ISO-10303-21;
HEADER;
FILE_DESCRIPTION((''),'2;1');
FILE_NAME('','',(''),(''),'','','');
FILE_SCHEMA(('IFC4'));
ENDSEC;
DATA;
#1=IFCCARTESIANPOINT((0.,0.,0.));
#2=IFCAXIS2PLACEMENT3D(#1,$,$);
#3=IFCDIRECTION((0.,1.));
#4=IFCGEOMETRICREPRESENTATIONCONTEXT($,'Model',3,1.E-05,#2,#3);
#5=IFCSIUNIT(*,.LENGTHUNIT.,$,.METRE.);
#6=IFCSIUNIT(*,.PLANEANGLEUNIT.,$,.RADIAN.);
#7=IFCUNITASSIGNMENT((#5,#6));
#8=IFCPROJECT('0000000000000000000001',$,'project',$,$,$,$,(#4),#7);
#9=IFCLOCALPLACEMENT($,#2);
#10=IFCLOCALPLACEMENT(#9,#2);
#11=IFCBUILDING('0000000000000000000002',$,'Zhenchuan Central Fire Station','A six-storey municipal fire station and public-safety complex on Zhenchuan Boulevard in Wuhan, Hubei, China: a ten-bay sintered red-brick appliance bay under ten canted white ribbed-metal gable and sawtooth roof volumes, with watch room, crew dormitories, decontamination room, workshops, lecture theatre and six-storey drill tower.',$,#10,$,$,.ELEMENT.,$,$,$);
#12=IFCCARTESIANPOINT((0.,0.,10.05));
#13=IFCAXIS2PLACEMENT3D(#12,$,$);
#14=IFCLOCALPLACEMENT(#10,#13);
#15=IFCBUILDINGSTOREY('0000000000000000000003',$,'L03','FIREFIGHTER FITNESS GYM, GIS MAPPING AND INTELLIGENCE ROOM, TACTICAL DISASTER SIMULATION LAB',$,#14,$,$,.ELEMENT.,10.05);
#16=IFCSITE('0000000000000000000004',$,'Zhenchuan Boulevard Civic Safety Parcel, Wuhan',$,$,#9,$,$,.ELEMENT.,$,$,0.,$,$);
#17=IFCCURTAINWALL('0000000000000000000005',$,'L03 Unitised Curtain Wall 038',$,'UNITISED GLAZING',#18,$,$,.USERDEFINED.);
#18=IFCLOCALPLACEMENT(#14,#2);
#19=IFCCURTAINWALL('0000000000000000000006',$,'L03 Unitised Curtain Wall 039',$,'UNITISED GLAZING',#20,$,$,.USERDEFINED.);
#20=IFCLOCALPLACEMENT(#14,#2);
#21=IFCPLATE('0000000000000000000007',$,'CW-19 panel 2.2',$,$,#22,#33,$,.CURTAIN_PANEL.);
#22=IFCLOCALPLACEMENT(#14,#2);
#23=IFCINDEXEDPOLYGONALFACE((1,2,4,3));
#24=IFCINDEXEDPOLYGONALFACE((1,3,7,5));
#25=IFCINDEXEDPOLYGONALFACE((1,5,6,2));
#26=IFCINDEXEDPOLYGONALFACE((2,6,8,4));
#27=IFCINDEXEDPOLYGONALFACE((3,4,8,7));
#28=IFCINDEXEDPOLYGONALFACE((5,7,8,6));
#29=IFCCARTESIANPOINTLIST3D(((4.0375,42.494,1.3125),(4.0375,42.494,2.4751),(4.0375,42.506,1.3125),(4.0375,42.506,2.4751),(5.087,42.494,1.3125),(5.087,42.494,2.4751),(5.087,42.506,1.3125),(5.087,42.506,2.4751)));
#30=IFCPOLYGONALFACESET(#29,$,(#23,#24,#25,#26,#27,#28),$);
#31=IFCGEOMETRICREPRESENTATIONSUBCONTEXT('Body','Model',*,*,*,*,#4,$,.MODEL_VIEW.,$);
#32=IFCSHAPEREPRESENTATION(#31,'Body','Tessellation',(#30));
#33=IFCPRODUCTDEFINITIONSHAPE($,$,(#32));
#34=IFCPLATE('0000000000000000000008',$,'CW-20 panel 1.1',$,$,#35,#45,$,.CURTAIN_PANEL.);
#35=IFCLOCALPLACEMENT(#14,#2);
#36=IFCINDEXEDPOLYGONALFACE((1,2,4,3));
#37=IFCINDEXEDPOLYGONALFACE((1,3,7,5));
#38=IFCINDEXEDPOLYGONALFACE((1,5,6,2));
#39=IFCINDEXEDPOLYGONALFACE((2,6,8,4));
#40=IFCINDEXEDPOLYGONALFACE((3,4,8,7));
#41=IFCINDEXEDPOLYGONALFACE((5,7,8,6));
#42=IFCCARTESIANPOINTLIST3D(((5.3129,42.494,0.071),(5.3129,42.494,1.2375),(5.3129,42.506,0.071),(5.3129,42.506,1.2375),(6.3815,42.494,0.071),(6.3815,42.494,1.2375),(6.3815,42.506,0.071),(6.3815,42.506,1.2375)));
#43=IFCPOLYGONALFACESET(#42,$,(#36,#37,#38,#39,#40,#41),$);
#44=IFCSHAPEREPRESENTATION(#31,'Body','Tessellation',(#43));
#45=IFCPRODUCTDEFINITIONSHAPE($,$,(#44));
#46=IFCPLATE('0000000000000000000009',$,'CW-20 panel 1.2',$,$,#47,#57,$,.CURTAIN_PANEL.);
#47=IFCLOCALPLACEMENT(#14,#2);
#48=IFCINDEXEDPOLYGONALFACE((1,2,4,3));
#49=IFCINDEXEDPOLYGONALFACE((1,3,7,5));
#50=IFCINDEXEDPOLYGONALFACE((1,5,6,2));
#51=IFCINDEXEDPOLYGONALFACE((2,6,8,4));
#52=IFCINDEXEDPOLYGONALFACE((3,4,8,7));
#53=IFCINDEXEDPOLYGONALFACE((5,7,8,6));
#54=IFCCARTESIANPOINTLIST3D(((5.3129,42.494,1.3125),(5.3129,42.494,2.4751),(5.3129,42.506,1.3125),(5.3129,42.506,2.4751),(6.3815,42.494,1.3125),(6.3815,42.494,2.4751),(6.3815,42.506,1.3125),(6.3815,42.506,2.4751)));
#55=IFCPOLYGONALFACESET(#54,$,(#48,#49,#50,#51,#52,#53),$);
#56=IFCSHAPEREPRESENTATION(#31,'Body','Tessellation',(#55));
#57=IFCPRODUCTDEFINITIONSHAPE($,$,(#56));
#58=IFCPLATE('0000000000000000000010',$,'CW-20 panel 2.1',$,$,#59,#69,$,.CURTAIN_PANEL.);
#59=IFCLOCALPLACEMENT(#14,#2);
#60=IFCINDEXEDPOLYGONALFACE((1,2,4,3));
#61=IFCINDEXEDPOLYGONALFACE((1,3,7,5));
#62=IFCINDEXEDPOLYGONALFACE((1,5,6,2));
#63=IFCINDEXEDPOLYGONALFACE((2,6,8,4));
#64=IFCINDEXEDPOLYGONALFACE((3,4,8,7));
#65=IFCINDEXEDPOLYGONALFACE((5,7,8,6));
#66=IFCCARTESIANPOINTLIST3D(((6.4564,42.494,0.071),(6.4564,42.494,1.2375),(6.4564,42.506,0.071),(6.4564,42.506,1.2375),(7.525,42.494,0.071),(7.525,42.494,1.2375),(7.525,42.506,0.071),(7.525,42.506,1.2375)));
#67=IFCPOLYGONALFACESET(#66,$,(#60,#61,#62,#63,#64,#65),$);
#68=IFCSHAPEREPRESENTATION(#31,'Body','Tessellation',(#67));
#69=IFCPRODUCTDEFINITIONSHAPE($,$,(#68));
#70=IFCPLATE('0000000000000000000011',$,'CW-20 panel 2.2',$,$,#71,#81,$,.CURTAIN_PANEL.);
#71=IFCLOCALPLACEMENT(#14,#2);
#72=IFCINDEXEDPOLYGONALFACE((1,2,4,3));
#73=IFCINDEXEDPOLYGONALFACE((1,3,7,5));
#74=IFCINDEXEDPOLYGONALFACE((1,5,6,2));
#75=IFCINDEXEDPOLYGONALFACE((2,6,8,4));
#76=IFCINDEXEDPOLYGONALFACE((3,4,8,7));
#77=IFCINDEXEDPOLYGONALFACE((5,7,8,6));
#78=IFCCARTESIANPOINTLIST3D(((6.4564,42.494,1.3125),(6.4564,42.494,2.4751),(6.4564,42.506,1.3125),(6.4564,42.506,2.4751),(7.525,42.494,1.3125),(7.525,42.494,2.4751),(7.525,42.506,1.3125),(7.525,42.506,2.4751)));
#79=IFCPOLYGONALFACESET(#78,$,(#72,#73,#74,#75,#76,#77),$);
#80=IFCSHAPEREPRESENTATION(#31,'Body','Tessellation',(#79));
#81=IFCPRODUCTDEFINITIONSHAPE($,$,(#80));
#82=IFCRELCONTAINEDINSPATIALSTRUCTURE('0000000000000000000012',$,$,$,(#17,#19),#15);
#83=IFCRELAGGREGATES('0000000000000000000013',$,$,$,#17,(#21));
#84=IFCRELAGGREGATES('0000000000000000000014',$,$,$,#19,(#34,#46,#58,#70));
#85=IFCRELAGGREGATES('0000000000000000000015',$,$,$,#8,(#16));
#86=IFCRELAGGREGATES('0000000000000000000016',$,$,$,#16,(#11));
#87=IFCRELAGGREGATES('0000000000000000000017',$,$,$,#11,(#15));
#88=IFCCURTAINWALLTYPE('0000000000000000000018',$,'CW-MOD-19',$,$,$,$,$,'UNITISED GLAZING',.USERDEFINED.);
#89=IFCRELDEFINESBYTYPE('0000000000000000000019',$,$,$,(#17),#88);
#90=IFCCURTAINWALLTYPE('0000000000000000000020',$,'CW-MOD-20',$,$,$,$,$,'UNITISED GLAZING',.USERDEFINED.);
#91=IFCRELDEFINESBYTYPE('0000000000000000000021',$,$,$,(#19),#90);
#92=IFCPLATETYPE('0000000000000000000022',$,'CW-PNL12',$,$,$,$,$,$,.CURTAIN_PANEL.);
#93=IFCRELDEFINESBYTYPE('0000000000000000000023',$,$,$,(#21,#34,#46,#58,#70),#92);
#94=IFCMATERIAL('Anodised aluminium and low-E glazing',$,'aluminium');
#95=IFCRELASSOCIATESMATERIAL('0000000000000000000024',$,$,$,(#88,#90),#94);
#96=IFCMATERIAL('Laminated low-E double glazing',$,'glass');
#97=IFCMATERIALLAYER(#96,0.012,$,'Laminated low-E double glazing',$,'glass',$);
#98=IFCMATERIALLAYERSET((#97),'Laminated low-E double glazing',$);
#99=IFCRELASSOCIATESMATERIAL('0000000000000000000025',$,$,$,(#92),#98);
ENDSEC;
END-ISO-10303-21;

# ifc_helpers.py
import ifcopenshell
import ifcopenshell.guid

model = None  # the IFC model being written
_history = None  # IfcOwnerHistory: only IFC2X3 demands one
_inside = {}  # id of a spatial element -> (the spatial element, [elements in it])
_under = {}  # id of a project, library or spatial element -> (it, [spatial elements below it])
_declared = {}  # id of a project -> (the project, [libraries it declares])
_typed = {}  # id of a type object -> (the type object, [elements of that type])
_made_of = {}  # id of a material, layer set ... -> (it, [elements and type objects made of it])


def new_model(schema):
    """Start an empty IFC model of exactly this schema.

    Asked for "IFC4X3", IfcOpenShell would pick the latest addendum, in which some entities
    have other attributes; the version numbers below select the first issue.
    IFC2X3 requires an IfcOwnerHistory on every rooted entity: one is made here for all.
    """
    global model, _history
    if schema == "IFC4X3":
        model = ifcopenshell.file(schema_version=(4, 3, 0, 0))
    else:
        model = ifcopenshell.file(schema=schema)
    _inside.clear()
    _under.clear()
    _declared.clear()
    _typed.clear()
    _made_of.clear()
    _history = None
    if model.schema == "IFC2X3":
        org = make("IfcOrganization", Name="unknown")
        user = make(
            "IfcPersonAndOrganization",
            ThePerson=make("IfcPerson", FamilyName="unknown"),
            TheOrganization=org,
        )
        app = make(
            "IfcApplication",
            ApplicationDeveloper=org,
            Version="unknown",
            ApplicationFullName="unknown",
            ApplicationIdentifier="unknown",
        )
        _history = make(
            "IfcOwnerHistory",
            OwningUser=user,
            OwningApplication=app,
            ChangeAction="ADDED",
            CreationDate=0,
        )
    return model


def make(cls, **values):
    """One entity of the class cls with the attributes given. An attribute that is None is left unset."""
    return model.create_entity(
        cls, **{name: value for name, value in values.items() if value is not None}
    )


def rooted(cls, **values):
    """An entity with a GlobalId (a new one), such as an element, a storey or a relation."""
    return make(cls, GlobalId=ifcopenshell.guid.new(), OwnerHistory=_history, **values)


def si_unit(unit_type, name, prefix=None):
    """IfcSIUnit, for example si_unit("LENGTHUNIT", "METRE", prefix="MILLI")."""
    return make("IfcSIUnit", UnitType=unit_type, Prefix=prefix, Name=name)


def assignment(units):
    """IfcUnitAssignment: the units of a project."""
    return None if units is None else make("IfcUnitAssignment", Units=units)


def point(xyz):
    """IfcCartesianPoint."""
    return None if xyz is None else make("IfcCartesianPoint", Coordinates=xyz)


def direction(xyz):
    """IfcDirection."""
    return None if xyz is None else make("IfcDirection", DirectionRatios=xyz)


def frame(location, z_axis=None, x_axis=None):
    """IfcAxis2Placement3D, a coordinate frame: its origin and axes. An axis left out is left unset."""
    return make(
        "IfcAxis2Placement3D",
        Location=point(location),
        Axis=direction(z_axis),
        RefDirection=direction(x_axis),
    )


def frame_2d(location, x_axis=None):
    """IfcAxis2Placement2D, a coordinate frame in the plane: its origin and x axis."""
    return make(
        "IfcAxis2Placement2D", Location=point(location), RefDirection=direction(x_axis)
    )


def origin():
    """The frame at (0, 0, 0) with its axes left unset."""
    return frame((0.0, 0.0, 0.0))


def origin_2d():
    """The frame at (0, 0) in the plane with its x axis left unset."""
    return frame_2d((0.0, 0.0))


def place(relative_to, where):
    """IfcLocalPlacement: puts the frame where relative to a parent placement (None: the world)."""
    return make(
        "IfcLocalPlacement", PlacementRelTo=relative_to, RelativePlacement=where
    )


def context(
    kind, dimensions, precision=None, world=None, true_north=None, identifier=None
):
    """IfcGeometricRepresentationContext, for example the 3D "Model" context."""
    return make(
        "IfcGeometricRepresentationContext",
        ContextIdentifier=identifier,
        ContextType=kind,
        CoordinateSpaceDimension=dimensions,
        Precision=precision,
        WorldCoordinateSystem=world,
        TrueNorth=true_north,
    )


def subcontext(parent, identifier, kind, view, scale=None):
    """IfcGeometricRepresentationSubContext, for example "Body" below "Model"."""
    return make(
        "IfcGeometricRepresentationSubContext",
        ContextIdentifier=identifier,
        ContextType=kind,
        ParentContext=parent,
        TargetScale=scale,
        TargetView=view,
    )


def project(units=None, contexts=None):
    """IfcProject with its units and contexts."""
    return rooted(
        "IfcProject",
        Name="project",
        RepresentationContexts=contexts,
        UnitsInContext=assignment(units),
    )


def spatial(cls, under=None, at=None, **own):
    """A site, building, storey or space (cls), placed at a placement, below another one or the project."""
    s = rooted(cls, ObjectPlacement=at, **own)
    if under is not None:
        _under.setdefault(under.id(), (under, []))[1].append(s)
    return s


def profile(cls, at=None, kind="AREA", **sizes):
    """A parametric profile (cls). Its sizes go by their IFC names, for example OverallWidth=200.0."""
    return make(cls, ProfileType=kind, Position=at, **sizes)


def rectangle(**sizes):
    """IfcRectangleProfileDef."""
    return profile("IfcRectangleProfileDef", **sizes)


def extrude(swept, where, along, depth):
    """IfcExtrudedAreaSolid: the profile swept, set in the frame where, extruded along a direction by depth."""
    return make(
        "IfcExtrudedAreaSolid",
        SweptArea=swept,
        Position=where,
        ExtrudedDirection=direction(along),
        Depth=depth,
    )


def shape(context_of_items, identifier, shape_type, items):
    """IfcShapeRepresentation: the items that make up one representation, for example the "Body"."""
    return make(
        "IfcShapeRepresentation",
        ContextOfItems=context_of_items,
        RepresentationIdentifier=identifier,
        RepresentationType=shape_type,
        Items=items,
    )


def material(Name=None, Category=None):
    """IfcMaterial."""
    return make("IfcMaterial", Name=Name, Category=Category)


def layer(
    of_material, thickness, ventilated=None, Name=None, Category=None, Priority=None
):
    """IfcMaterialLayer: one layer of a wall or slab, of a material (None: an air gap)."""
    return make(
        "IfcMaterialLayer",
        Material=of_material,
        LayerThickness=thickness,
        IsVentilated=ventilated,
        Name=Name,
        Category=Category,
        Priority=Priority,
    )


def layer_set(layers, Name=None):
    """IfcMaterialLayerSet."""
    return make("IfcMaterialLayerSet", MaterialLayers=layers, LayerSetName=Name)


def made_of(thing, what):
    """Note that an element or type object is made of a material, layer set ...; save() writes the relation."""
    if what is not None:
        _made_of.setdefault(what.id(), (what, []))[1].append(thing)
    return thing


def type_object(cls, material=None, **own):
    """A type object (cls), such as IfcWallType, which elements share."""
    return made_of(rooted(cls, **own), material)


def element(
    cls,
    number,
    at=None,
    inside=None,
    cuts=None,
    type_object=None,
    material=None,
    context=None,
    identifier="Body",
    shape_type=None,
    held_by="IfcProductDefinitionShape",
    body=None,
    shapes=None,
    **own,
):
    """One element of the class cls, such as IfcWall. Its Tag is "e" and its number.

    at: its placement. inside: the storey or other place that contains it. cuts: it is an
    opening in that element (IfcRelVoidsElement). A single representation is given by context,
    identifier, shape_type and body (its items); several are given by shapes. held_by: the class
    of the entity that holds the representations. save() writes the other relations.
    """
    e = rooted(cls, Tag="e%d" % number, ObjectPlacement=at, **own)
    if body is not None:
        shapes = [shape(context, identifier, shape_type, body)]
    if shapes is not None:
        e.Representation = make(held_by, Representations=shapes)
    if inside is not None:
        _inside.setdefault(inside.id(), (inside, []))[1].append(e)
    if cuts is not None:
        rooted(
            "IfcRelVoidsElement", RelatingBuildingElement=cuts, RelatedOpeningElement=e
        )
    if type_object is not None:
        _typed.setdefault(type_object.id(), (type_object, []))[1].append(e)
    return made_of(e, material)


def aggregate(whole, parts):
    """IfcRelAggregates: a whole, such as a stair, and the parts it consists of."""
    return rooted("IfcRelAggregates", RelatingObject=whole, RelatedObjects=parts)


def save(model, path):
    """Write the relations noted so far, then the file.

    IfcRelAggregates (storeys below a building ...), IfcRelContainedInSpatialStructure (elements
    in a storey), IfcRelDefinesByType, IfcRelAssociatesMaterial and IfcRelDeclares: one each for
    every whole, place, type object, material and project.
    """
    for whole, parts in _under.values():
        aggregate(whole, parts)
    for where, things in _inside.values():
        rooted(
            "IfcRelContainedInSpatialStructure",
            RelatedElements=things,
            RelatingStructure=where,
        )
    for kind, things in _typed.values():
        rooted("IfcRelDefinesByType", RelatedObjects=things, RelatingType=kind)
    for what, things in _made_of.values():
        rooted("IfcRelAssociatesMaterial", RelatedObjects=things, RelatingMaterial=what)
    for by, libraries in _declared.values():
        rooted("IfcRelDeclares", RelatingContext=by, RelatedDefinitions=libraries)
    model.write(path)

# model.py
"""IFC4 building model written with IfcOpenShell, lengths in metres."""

from ifc_helpers import new_model, si_unit, direction, frame, origin, origin_2d, place, context, subcontext, project, spatial, rectangle, extrude, material, layer, layer_set, type_object, element, aggregate, save


model = new_model("IFC4")

# Units and contexts
model_context = context("Model", 3, precision=1e-05, world=origin(), true_north=direction((0.0, 1.0)))
body_context = subcontext(model_context, "Body", "Model", "MODEL_VIEW")
ifc_project = project(units=[si_unit("LENGTHUNIT", "METRE"), si_unit("PLANEANGLEUNIT", "RADIAN")], contexts=[model_context])

# Site, building, storey
site_placement = place(None, origin())
site = spatial("IfcSite", under=ifc_project, at=site_placement, Name="Zhenchuan Boulevard Civic Safety Parcel, Wuhan", CompositionType="ELEMENT", RefElevation=0.0)
building_placement = place(site_placement, origin())
building = spatial("IfcBuilding", under=site, at=building_placement, Name="Zhenchuan Central Fire Station", Description="A six-storey municipal fire station and public-safety complex on Zhenchuan Boulevard in Wuhan, Hubei, China: a ten-bay sintered red-brick appliance bay under ten canted white ribbed-metal gable and sawtooth roof volumes, with watch room, crew dormitories, decontamination room, workshops, lecture theatre and six-storey drill tower.", CompositionType="ELEMENT")
storey_placement = place(building_placement, frame((0.0, 0.0, 10.05)))
storey = spatial("IfcBuildingStorey", under=building, at=storey_placement, Name="L03", Description="FIREFIGHTER FITNESS GYM, GIS MAPPING AND INTELLIGENCE ROOM, TACTICAL DISASTER SIMULATION LAB", CompositionType="ELEMENT", Elevation=10.05)

# Shared definitions
ifc_material_1 = material(Name="Anodised aluminium and low-E glazing", Category="aluminium")

# Curtain walls
curtain_wall_type_1 = type_object("IfcCurtainWallType", Name="CW-MOD-19", ElementType="UNITISED GLAZING", PredefinedType="USERDEFINED", material=ifc_material_1)
curtain_wall_1_placement = place(storey_placement, origin())
curtain_wall_1 = element("IfcCurtainWall", 1, at=curtain_wall_1_placement, inside=storey, type_object=curtain_wall_type_1, Name="L03 Unitised Curtain Wall 038", ObjectType="UNITISED GLAZING", PredefinedType="USERDEFINED")
curtain_wall_type_2 = type_object("IfcCurtainWallType", Name="CW-MOD-20", ElementType="UNITISED GLAZING", PredefinedType="USERDEFINED", material=ifc_material_1)
curtain_wall_2_placement = place(storey_placement, origin())
curtain_wall_2 = element("IfcCurtainWall", 2, at=curtain_wall_2_placement, inside=storey, type_object=curtain_wall_type_2, Name="L03 Unitised Curtain Wall 039", ObjectType="UNITISED GLAZING", PredefinedType="USERDEFINED")

# Plates
ifc_material_2 = material(Name="Laminated low-E double glazing", Category="glass")
ifc_layer = layer(ifc_material_2, 0.012, Name="Laminated low-E double glazing", Category="glass")
ifc_layer_set = layer_set([ifc_layer], Name="Laminated low-E double glazing")
plate_type = type_object("IfcPlateType", Name="CW-PNL12", PredefinedType="CURTAIN_PANEL", material=ifc_layer_set)
plate_1_placement = place(storey_placement, frame((4.5623, 42.5, 1.3125), z_axis=(0.0, 0.0, 1.0), x_axis=(1.0, 0.0, 0.0)))
plate_1 = element("IfcPlate", 3, at=plate_1_placement, type_object=plate_type, Name="CW-19 panel 2.2", PredefinedType="CURTAIN_PANEL", context=body_context, shape_type="SweptSolid", body=[
    extrude(rectangle(XDim=1.0496, YDim=0.012, at=origin_2d()), origin(), (0.0, 0.0, 1.0), 1.1626),
])
aggregate(curtain_wall_1, [plate_1])
plate_2_placement = place(storey_placement, frame((5.8472, 42.5, 0.071), z_axis=(0.0, 0.0, 1.0), x_axis=(1.0, 0.0, 0.0)))
plate_2 = element("IfcPlate", 4, at=plate_2_placement, type_object=plate_type, Name="CW-20 panel 1.1", PredefinedType="CURTAIN_PANEL", context=body_context, shape_type="SweptSolid", body=[
    extrude(rectangle(XDim=1.0686, YDim=0.012, at=origin_2d()), origin(), (0.0, 0.0, 1.0), 1.1665),
])
plate_3_placement = place(storey_placement, frame((5.8472, 42.5, 1.3125), z_axis=(0.0, 0.0, 1.0), x_axis=(1.0, 0.0, 0.0)))
plate_3 = element("IfcPlate", 5, at=plate_3_placement, type_object=plate_type, Name="CW-20 panel 1.2", PredefinedType="CURTAIN_PANEL", context=body_context, shape_type="SweptSolid", body=[
    extrude(rectangle(XDim=1.0686, YDim=0.012, at=origin_2d()), origin(), (0.0, 0.0, 1.0), 1.1626),
])
plate_4_placement = place(storey_placement, frame((6.9907, 42.5, 0.071), z_axis=(0.0, 0.0, 1.0), x_axis=(1.0, 0.0, 0.0)))
plate_4 = element("IfcPlate", 6, at=plate_4_placement, type_object=plate_type, Name="CW-20 panel 2.1", PredefinedType="CURTAIN_PANEL", context=body_context, shape_type="SweptSolid", body=[
    extrude(rectangle(XDim=1.0686, YDim=0.012, at=origin_2d()), origin(), (0.0, 0.0, 1.0), 1.1665),
])
plate_5_placement = place(storey_placement, frame((6.9907, 42.5, 1.3125), z_axis=(0.0, 0.0, 1.0), x_axis=(1.0, 0.0, 0.0)))
plate_5 = element("IfcPlate", 7, at=plate_5_placement, type_object=plate_type, Name="CW-20 panel 2.2", PredefinedType="CURTAIN_PANEL", context=body_context, shape_type="SweptSolid", body=[
    extrude(rectangle(XDim=1.0686, YDim=0.012, at=origin_2d()), origin(), (0.0, 0.0, 1.0), 1.1626),
])
aggregate(curtain_wall_2, [plate_2, plate_3, plate_4, plate_5])

save(model, "model.ifc")
